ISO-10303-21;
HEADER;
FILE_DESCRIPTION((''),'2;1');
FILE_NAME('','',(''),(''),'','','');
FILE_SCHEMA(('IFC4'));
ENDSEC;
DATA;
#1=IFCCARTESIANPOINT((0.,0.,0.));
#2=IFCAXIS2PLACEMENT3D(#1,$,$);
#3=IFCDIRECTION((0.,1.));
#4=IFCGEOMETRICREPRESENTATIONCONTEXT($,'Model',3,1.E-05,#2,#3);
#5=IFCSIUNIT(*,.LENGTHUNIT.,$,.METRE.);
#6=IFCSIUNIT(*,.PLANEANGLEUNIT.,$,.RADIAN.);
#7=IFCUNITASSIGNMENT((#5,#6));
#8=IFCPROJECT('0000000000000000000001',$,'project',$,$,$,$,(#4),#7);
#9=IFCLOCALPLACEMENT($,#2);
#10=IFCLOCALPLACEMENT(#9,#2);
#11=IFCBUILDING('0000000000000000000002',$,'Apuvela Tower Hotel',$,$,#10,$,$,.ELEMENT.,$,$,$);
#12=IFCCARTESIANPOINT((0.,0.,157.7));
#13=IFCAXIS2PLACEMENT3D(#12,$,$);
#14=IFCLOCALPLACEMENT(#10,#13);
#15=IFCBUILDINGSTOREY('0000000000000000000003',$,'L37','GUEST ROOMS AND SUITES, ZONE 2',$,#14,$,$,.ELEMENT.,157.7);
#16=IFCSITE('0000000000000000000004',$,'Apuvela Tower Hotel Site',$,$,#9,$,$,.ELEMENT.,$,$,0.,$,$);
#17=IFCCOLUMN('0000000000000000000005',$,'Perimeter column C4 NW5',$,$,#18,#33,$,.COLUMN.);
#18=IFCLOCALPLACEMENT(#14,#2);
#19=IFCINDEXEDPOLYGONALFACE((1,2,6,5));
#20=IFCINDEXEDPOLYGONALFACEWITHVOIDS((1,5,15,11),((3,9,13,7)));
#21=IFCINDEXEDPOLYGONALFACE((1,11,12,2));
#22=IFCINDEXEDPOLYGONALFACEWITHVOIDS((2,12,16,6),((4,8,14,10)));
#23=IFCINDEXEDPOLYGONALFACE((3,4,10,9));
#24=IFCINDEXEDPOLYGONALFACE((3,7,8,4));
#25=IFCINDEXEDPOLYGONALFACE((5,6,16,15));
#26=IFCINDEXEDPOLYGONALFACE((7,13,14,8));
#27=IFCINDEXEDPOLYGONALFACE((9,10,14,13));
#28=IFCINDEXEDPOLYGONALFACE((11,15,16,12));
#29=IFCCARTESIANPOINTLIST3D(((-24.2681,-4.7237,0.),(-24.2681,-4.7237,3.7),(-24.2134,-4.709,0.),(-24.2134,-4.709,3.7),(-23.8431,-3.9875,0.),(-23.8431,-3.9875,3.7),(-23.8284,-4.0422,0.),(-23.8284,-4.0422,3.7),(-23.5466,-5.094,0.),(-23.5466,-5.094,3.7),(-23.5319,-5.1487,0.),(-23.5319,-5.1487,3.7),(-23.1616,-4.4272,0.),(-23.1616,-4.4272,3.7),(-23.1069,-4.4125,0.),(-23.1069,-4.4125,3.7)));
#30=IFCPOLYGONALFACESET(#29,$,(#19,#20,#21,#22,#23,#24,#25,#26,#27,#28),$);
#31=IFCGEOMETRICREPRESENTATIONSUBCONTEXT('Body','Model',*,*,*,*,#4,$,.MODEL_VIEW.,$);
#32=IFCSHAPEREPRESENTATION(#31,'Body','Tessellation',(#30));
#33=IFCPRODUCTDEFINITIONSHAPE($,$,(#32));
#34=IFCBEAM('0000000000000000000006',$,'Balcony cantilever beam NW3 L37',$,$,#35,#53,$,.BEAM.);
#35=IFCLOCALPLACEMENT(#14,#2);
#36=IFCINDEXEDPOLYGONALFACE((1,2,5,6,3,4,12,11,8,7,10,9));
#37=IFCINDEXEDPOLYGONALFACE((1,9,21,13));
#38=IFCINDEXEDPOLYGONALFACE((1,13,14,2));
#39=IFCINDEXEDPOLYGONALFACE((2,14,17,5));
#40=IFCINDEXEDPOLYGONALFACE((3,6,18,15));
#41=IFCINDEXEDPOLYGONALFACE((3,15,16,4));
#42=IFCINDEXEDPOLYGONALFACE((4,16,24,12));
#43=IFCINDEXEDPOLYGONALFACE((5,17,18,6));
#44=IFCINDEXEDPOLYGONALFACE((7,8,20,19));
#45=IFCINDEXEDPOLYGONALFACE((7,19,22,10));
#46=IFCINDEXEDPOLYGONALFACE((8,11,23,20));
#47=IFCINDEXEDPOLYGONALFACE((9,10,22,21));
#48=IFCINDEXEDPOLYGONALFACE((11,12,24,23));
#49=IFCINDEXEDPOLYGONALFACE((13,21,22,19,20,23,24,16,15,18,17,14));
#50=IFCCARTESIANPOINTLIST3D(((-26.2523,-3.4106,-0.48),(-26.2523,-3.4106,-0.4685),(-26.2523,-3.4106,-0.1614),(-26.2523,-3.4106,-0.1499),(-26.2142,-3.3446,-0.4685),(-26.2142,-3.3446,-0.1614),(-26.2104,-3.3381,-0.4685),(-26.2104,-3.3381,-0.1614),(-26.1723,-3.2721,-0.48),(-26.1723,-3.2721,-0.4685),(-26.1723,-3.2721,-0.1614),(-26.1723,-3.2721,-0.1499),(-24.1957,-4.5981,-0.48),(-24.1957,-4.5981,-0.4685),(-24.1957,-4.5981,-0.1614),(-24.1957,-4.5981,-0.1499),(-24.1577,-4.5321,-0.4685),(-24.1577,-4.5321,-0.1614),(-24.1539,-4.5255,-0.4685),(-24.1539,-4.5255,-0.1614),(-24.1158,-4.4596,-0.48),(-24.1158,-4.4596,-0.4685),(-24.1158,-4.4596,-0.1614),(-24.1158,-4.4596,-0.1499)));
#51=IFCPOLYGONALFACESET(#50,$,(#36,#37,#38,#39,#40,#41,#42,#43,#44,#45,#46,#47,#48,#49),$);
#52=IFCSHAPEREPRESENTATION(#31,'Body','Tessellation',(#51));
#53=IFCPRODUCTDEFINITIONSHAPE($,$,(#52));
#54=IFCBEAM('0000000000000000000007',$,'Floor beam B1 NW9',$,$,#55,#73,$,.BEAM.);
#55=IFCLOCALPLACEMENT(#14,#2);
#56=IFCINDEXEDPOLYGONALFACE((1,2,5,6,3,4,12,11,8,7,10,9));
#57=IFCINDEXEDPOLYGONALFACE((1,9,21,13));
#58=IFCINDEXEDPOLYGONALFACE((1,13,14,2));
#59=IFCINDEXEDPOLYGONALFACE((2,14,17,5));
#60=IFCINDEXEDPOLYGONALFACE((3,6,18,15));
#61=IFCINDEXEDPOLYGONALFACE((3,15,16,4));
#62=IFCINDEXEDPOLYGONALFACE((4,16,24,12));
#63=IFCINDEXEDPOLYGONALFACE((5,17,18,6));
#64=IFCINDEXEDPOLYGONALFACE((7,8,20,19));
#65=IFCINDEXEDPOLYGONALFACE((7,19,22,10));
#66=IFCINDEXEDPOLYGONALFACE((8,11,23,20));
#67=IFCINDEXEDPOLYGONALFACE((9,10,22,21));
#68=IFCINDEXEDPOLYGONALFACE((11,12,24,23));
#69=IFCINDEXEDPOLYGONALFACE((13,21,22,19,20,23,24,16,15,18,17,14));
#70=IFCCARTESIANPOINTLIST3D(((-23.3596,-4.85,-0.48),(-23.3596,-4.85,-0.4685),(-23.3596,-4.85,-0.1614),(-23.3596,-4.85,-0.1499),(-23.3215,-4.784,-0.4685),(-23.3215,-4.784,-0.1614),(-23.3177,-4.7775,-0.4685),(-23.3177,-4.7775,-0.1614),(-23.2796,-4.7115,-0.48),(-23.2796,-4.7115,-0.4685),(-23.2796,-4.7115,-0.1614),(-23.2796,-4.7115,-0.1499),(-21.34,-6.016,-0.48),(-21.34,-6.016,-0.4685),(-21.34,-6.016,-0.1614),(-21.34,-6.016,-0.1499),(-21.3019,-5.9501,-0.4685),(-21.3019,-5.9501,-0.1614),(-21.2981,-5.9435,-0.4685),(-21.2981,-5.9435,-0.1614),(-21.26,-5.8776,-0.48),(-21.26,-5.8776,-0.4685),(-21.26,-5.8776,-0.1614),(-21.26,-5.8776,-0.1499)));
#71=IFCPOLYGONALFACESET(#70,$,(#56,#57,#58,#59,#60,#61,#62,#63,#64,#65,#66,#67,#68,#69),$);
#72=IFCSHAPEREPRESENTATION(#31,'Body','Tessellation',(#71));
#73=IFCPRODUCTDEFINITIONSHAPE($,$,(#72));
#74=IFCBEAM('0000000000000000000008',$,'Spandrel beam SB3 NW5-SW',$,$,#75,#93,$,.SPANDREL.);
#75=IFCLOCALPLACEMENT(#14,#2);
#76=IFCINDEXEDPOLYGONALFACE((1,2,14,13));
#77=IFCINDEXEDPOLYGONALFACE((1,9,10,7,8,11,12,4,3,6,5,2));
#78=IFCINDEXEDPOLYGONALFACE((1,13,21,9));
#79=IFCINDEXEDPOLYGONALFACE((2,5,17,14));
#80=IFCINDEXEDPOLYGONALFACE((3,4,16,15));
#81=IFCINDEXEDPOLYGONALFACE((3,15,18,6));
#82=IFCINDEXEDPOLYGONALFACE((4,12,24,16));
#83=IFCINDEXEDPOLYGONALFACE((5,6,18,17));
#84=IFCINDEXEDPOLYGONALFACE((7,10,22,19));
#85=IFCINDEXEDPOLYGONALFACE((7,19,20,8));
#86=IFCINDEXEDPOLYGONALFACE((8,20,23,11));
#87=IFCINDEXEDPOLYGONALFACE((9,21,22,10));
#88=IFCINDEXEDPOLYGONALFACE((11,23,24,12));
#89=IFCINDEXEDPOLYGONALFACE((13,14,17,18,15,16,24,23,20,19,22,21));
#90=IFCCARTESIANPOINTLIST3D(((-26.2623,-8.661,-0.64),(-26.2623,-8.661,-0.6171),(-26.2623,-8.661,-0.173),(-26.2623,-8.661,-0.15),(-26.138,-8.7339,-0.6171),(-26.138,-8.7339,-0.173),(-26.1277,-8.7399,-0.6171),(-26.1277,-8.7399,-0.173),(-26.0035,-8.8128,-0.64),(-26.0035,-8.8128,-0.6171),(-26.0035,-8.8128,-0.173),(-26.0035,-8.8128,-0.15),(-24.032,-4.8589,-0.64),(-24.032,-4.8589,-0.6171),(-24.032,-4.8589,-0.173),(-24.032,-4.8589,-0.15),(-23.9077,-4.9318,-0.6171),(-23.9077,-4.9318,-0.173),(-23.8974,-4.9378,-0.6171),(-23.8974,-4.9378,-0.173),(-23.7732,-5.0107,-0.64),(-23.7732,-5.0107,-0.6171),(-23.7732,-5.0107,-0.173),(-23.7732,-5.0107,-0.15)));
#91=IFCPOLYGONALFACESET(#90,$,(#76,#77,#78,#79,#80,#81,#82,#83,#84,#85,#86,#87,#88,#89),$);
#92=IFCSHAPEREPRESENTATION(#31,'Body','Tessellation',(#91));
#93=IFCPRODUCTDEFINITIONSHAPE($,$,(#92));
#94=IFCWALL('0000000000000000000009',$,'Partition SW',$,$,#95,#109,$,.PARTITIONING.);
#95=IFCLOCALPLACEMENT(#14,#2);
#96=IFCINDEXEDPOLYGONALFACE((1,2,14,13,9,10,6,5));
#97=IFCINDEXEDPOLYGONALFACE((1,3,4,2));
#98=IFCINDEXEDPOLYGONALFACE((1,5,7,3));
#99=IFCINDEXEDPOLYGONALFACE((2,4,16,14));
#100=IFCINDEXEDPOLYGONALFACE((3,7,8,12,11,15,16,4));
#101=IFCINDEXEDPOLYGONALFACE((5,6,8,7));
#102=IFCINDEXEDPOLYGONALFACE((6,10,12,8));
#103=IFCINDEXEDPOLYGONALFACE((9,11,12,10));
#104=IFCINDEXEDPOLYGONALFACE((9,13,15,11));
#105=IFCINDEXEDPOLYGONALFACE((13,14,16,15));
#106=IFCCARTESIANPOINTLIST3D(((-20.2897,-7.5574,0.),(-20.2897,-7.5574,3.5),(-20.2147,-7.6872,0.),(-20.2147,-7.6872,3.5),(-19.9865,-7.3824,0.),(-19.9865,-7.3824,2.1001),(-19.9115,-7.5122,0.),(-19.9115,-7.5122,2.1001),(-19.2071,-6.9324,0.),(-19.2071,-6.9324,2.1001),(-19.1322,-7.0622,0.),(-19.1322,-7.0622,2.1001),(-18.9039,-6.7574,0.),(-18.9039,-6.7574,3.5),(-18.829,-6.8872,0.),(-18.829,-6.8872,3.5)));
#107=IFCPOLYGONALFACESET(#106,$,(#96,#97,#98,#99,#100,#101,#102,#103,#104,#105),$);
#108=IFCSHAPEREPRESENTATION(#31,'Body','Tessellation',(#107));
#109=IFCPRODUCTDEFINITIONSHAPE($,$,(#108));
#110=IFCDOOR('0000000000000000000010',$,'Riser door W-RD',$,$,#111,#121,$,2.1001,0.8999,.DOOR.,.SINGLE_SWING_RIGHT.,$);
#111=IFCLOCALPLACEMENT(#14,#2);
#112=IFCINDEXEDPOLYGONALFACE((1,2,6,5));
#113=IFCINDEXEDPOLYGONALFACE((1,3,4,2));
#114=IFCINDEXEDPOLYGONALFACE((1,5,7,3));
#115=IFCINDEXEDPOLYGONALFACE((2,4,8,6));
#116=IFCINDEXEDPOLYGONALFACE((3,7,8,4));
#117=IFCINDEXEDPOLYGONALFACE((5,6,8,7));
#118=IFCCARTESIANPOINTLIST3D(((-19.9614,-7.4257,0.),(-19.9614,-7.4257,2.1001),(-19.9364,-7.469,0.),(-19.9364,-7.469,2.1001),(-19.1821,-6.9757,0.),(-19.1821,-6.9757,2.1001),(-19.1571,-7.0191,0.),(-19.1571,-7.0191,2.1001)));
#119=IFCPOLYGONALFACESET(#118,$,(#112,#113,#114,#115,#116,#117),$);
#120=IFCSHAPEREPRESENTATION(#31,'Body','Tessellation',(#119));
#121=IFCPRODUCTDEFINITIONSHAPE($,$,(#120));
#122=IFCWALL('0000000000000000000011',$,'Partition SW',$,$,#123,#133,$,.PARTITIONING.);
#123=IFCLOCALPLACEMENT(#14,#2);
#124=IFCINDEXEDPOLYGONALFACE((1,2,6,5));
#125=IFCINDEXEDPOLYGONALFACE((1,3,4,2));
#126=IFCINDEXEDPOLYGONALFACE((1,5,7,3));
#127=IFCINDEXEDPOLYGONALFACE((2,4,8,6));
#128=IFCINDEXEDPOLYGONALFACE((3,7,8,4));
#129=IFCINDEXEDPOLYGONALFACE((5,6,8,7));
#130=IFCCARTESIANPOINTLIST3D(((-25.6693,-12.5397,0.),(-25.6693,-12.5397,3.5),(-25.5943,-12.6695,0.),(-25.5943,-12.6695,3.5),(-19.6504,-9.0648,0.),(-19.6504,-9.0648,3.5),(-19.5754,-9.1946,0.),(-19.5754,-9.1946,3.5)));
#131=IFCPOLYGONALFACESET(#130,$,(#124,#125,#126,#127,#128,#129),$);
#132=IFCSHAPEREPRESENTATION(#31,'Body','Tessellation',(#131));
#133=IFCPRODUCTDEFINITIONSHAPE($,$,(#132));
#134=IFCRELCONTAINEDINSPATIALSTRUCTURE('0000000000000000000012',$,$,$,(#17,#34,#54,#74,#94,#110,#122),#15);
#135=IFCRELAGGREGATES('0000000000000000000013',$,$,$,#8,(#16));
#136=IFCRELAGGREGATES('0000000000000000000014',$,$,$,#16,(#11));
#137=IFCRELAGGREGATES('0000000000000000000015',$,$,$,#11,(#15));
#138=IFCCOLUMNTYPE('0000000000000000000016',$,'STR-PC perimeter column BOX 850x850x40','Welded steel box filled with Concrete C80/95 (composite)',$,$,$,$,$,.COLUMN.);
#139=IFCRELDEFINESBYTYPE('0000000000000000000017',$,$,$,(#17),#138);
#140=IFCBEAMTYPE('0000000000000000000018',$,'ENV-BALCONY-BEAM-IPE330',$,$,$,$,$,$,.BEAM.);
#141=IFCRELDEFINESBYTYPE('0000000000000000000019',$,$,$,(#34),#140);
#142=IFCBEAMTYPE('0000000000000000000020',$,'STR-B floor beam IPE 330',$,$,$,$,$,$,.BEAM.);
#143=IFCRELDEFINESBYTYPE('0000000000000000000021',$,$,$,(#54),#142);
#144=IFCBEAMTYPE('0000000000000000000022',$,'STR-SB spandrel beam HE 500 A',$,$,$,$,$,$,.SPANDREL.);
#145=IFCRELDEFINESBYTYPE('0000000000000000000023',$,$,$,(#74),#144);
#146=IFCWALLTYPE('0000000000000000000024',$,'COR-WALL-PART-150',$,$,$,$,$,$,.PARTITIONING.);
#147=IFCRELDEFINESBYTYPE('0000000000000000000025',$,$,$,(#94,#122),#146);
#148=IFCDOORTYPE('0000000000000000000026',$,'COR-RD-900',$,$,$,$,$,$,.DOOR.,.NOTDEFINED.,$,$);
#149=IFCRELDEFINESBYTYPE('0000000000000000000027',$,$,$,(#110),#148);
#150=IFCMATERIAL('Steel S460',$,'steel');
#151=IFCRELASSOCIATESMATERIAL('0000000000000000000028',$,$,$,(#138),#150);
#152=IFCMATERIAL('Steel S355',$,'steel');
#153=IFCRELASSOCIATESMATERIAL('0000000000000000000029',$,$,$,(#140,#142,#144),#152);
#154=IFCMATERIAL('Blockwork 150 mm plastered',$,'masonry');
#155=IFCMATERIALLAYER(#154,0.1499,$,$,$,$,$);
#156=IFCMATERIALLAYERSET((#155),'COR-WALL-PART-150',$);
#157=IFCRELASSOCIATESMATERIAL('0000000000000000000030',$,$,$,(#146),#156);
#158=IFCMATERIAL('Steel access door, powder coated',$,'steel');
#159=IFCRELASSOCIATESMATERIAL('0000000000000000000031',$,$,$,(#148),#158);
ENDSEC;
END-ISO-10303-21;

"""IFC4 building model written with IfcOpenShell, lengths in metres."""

from ifc_helpers import new_model, si_unit, direction, frame, frame_2d, origin, origin_2d, place, context, subcontext, project, spatial, rectangle, hollow_rectangle, i_section, extrude, material, layer, layer_set, material_profile, profile_set, type_object, element, fill, save


model = new_model("IFC4")

# Units and contexts
model_context = context("Model", 3, precision=1e-05, world=origin(), true_north=direction((0.0, 1.0)))
body_context = subcontext(model_context, "Body", "Model", "MODEL_VIEW")
ifc_project = project(units=[si_unit("LENGTHUNIT", "METRE"), si_unit("PLANEANGLEUNIT", "RADIAN")], contexts=[model_context])

# Site, building, storey
site_placement = place(None, origin())
site = spatial("IfcSite", under=ifc_project, at=site_placement, Name="Apuvela Tower Hotel Site", CompositionType="ELEMENT", RefElevation=0.0)
building_placement = place(site_placement, origin())
building = spatial("IfcBuilding", under=site, at=building_placement, Name="Apuvela Tower Hotel", CompositionType="ELEMENT")
storey_placement = place(building_placement, frame((0.0, 0.0, 157.7)))
storey = spatial("IfcBuildingStorey", under=building, at=storey_placement, Name="L37", Description="GUEST ROOMS AND SUITES, ZONE 2", CompositionType="ELEMENT", Elevation=157.7)

# Column
ifc_material_1 = material(Name="Steel S460", Category="steel")
ifc_material_profile_1 = material_profile(ifc_material_1, hollow_rectangle(XDim=0.8501, YDim=0.8501, WallThickness=0.04, at=origin_2d()), Name="BOX 850x850x40")
ifc_material_2 = material(Name="Concrete C80/95", Category="concrete")
ifc_material_profile_2 = material_profile(ifc_material_2, rectangle(XDim=0.77, YDim=0.77, at=origin_2d()), Name="Concrete C80/95 infill")
ifc_profile_set_1 = profile_set([ifc_material_profile_1, ifc_material_profile_2], Name="Steel S460")
column_type = type_object("IfcColumnType", Name="STR-PC perimeter column BOX 850x850x40", Description="Welded steel box filled with Concrete C80/95 (composite)", PredefinedType="COLUMN", material=ifc_profile_set_1)
column_placement = place(storey_placement, frame((-23.6875, -4.5681, 0.0), z_axis=(0.0, 0.0, 1.0), x_axis=(0.5, 0.866025, 0.0)))
element("IfcColumn", 1, at=column_placement, inside=storey, type_object=column_type, Name="Perimeter column C4 NW5", PredefinedType="COLUMN", context=body_context, shape_type="SweptSolid", body=[
    extrude(hollow_rectangle(XDim=0.8501, YDim=0.8501, WallThickness=0.04, at=origin_2d()), origin(), (0.0, 0.0, 1.0), 3.7),
])

# Beams
ifc_material_3 = material(Name="Steel S355", Category="steel")
ifc_material_profile_3 = material_profile(ifc_material_3, i_section(OverallWidth=0.1599, OverallDepth=0.3301, WebThickness=0.0076, FlangeThickness=0.0115, at=origin_2d()), Name="IPE 330")
ifc_profile_set_2 = profile_set([ifc_material_profile_3], Name="Steel S355")
beam_type_1 = type_object("IfcBeamType", Name="ENV-BALCONY-BEAM-IPE330", PredefinedType="BEAM", material=ifc_profile_set_2)
beam_1_placement = place(storey_placement, frame((-24.1558, -4.5288, -0.3149), z_axis=(-0.866008, 0.500031, 0.0), x_axis=(-0.500031, -0.866008, 0.0)))
element("IfcBeam", 2, at=beam_1_placement, inside=storey, type_object=beam_type_1, Name="Balcony cantilever beam NW3 L37", PredefinedType="BEAM", context=body_context, shape_type="SweptSolid", body=[
    extrude(i_section(OverallWidth=0.1599, OverallDepth=0.3301, WebThickness=0.0076, FlangeThickness=0.0115, at=origin_2d()), origin(), (0.0, 0.0, 1.0), 2.3748),
])
ifc_material_profile_4 = material_profile(ifc_material_3, i_section(OverallWidth=0.1599, OverallDepth=0.3301, WebThickness=0.0076, FlangeThickness=0.0115, at=origin_2d()), Name="IPE 330")
ifc_profile_set_3 = profile_set([ifc_material_profile_4], Name="Steel S355")
beam_type_2 = type_object("IfcBeamType", Name="STR-B floor beam IPE 330", PredefinedType="BEAM", material=ifc_profile_set_3)
beam_2_placement = place(storey_placement, frame((-23.3196, -4.7808, -0.3149), z_axis=(0.866018, -0.500012, 0.0), x_axis=(0.500012, 0.866018, 0.0)))
element("IfcBeam", 3, at=beam_2_placement, inside=storey, type_object=beam_type_2, Name="Floor beam B1 NW9", PredefinedType="BEAM", context=body_context, shape_type="SweptSolid", body=[
    extrude(i_section(OverallWidth=0.1599, OverallDepth=0.3301, WebThickness=0.0076, FlangeThickness=0.0115, at=origin_2d()), origin(), (0.0, 0.0, 1.0), 2.332),
])
ifc_material_profile_5 = material_profile(ifc_material_3, i_section(OverallWidth=0.3, OverallDepth=0.49, WebThickness=0.012, FlangeThickness=0.0229, at=origin_2d()), Name="HE 500 A")
ifc_profile_set_4 = profile_set([ifc_material_profile_5], Name="Steel S355")
beam_type_3 = type_object("IfcBeamType", Name="STR-SB spandrel beam HE 500 A", PredefinedType="SPANDREL", material=ifc_profile_set_4)
beam_3_placement = place(storey_placement, frame((-23.9026, -4.9348, -0.395), z_axis=(-0.505967, -0.862553, 0.0), x_axis=(0.862553, -0.505967, 0.0)))
element("IfcBeam", 4, at=beam_3_placement, inside=storey, type_object=beam_type_3, Name="Spandrel beam SB3 NW5-SW", PredefinedType="SPANDREL", context=body_context, shape_type="SweptSolid", body=[
    extrude(i_section(OverallWidth=0.3, OverallDepth=0.49, WebThickness=0.012, FlangeThickness=0.0229, at=origin_2d()), origin(), (0.0, 0.0, 1.0), 4.408),
])

# Wall, opening, door
ifc_material_4 = material(Name="Blockwork 150 mm plastered", Category="masonry")
ifc_layer_1 = layer(ifc_material_4, 0.1499)
ifc_layer_set_1 = layer_set([ifc_layer_1], Name="COR-WALL-PART-150")
wall_type_1 = type_object("IfcWallType", Name="COR-WALL-PART-150", PredefinedType="PARTITIONING", material=ifc_layer_set_1)
wall_1_placement = place(storey_placement, frame((-18.8665, -6.8223, 0.0), z_axis=(0.0, 0.0, 1.0), x_axis=(-0.866028, -0.499995, 0.0)))
wall_1 = element("IfcWall", 5, at=wall_1_placement, inside=storey, type_object=wall_type_1, Name="Partition SW", PredefinedType="PARTITIONING", context=body_context, shape_type="SweptSolid", body=[
    extrude(rectangle(XDim=1.6001, YDim=0.1499, at=frame_2d((0.8, 0.0))), origin(), (0.0, 0.0, 1.0), 3.5),
])
opening_1_placement = place(wall_1_placement, frame((0.3501, 0.0, 0.0)))
opening_1 = element("IfcOpeningElement", 6, at=opening_1_placement, cuts=wall_1, PredefinedType="OPENING", context=body_context, shape_type="SweptSolid", body=[
    extrude(rectangle(XDim=0.8999, YDim=2.1001, at=frame_2d((0.45, 1.05))), frame((0.0, 0.085, 0.0), z_axis=(0.0, -1.0, 0.0), x_axis=(1.0, 0.0, 0.0)), (0.0, 0.0, 1.0), 0.1699),
])
ifc_material_5 = material(Name="Steel access door, powder coated", Category="steel")
door_type_1 = type_object("IfcDoorType", Name="COR-RD-900", OperationType="NOTDEFINED", PredefinedType="DOOR", material=ifc_material_5)
door_1_placement = place(opening_1_placement, frame((0.8999, 0.0, 0.0), z_axis=(0.0, 0.0, 1.0), x_axis=(-1.0, 0.0, 0.0)))
door_1 = element("IfcDoor", 7, at=door_1_placement, inside=storey, type_object=door_type_1, Name="Riser door W-RD", OperationType="SINGLE_SWING_RIGHT", OverallHeight=2.1001, OverallWidth=0.8999, PredefinedType="DOOR", context=body_context, shape_type="SweptSolid", body=[
    extrude(rectangle(XDim=0.8999, YDim=2.1001, at=frame_2d((0.45, 1.05))), frame((0.0, 0.0249, 0.0), z_axis=(0.0, -1.0, 0.0), x_axis=(1.0, 0.0, 0.0)), (0.0, 0.0, 1.0), 0.05),
])
fill(opening_1, door_1)

# Wall
wall_2_placement = place(storey_placement, frame((-19.6128, -9.1296, 0.0), z_axis=(0.0, 0.0, 1.0), x_axis=(-0.866032, -0.499989, 0.0)))
element("IfcWall", 8, at=wall_2_placement, inside=storey, type_object=wall_type_1, Name="Partition SW", PredefinedType="PARTITIONING", context=body_context, shape_type="SweptSolid", body=[
    extrude(rectangle(XDim=6.95, YDim=0.1499, at=frame_2d((3.4751, 0.0))), origin(), (0.0, 0.0, 1.0), 3.5),
])

save(model, "model.ifc")
